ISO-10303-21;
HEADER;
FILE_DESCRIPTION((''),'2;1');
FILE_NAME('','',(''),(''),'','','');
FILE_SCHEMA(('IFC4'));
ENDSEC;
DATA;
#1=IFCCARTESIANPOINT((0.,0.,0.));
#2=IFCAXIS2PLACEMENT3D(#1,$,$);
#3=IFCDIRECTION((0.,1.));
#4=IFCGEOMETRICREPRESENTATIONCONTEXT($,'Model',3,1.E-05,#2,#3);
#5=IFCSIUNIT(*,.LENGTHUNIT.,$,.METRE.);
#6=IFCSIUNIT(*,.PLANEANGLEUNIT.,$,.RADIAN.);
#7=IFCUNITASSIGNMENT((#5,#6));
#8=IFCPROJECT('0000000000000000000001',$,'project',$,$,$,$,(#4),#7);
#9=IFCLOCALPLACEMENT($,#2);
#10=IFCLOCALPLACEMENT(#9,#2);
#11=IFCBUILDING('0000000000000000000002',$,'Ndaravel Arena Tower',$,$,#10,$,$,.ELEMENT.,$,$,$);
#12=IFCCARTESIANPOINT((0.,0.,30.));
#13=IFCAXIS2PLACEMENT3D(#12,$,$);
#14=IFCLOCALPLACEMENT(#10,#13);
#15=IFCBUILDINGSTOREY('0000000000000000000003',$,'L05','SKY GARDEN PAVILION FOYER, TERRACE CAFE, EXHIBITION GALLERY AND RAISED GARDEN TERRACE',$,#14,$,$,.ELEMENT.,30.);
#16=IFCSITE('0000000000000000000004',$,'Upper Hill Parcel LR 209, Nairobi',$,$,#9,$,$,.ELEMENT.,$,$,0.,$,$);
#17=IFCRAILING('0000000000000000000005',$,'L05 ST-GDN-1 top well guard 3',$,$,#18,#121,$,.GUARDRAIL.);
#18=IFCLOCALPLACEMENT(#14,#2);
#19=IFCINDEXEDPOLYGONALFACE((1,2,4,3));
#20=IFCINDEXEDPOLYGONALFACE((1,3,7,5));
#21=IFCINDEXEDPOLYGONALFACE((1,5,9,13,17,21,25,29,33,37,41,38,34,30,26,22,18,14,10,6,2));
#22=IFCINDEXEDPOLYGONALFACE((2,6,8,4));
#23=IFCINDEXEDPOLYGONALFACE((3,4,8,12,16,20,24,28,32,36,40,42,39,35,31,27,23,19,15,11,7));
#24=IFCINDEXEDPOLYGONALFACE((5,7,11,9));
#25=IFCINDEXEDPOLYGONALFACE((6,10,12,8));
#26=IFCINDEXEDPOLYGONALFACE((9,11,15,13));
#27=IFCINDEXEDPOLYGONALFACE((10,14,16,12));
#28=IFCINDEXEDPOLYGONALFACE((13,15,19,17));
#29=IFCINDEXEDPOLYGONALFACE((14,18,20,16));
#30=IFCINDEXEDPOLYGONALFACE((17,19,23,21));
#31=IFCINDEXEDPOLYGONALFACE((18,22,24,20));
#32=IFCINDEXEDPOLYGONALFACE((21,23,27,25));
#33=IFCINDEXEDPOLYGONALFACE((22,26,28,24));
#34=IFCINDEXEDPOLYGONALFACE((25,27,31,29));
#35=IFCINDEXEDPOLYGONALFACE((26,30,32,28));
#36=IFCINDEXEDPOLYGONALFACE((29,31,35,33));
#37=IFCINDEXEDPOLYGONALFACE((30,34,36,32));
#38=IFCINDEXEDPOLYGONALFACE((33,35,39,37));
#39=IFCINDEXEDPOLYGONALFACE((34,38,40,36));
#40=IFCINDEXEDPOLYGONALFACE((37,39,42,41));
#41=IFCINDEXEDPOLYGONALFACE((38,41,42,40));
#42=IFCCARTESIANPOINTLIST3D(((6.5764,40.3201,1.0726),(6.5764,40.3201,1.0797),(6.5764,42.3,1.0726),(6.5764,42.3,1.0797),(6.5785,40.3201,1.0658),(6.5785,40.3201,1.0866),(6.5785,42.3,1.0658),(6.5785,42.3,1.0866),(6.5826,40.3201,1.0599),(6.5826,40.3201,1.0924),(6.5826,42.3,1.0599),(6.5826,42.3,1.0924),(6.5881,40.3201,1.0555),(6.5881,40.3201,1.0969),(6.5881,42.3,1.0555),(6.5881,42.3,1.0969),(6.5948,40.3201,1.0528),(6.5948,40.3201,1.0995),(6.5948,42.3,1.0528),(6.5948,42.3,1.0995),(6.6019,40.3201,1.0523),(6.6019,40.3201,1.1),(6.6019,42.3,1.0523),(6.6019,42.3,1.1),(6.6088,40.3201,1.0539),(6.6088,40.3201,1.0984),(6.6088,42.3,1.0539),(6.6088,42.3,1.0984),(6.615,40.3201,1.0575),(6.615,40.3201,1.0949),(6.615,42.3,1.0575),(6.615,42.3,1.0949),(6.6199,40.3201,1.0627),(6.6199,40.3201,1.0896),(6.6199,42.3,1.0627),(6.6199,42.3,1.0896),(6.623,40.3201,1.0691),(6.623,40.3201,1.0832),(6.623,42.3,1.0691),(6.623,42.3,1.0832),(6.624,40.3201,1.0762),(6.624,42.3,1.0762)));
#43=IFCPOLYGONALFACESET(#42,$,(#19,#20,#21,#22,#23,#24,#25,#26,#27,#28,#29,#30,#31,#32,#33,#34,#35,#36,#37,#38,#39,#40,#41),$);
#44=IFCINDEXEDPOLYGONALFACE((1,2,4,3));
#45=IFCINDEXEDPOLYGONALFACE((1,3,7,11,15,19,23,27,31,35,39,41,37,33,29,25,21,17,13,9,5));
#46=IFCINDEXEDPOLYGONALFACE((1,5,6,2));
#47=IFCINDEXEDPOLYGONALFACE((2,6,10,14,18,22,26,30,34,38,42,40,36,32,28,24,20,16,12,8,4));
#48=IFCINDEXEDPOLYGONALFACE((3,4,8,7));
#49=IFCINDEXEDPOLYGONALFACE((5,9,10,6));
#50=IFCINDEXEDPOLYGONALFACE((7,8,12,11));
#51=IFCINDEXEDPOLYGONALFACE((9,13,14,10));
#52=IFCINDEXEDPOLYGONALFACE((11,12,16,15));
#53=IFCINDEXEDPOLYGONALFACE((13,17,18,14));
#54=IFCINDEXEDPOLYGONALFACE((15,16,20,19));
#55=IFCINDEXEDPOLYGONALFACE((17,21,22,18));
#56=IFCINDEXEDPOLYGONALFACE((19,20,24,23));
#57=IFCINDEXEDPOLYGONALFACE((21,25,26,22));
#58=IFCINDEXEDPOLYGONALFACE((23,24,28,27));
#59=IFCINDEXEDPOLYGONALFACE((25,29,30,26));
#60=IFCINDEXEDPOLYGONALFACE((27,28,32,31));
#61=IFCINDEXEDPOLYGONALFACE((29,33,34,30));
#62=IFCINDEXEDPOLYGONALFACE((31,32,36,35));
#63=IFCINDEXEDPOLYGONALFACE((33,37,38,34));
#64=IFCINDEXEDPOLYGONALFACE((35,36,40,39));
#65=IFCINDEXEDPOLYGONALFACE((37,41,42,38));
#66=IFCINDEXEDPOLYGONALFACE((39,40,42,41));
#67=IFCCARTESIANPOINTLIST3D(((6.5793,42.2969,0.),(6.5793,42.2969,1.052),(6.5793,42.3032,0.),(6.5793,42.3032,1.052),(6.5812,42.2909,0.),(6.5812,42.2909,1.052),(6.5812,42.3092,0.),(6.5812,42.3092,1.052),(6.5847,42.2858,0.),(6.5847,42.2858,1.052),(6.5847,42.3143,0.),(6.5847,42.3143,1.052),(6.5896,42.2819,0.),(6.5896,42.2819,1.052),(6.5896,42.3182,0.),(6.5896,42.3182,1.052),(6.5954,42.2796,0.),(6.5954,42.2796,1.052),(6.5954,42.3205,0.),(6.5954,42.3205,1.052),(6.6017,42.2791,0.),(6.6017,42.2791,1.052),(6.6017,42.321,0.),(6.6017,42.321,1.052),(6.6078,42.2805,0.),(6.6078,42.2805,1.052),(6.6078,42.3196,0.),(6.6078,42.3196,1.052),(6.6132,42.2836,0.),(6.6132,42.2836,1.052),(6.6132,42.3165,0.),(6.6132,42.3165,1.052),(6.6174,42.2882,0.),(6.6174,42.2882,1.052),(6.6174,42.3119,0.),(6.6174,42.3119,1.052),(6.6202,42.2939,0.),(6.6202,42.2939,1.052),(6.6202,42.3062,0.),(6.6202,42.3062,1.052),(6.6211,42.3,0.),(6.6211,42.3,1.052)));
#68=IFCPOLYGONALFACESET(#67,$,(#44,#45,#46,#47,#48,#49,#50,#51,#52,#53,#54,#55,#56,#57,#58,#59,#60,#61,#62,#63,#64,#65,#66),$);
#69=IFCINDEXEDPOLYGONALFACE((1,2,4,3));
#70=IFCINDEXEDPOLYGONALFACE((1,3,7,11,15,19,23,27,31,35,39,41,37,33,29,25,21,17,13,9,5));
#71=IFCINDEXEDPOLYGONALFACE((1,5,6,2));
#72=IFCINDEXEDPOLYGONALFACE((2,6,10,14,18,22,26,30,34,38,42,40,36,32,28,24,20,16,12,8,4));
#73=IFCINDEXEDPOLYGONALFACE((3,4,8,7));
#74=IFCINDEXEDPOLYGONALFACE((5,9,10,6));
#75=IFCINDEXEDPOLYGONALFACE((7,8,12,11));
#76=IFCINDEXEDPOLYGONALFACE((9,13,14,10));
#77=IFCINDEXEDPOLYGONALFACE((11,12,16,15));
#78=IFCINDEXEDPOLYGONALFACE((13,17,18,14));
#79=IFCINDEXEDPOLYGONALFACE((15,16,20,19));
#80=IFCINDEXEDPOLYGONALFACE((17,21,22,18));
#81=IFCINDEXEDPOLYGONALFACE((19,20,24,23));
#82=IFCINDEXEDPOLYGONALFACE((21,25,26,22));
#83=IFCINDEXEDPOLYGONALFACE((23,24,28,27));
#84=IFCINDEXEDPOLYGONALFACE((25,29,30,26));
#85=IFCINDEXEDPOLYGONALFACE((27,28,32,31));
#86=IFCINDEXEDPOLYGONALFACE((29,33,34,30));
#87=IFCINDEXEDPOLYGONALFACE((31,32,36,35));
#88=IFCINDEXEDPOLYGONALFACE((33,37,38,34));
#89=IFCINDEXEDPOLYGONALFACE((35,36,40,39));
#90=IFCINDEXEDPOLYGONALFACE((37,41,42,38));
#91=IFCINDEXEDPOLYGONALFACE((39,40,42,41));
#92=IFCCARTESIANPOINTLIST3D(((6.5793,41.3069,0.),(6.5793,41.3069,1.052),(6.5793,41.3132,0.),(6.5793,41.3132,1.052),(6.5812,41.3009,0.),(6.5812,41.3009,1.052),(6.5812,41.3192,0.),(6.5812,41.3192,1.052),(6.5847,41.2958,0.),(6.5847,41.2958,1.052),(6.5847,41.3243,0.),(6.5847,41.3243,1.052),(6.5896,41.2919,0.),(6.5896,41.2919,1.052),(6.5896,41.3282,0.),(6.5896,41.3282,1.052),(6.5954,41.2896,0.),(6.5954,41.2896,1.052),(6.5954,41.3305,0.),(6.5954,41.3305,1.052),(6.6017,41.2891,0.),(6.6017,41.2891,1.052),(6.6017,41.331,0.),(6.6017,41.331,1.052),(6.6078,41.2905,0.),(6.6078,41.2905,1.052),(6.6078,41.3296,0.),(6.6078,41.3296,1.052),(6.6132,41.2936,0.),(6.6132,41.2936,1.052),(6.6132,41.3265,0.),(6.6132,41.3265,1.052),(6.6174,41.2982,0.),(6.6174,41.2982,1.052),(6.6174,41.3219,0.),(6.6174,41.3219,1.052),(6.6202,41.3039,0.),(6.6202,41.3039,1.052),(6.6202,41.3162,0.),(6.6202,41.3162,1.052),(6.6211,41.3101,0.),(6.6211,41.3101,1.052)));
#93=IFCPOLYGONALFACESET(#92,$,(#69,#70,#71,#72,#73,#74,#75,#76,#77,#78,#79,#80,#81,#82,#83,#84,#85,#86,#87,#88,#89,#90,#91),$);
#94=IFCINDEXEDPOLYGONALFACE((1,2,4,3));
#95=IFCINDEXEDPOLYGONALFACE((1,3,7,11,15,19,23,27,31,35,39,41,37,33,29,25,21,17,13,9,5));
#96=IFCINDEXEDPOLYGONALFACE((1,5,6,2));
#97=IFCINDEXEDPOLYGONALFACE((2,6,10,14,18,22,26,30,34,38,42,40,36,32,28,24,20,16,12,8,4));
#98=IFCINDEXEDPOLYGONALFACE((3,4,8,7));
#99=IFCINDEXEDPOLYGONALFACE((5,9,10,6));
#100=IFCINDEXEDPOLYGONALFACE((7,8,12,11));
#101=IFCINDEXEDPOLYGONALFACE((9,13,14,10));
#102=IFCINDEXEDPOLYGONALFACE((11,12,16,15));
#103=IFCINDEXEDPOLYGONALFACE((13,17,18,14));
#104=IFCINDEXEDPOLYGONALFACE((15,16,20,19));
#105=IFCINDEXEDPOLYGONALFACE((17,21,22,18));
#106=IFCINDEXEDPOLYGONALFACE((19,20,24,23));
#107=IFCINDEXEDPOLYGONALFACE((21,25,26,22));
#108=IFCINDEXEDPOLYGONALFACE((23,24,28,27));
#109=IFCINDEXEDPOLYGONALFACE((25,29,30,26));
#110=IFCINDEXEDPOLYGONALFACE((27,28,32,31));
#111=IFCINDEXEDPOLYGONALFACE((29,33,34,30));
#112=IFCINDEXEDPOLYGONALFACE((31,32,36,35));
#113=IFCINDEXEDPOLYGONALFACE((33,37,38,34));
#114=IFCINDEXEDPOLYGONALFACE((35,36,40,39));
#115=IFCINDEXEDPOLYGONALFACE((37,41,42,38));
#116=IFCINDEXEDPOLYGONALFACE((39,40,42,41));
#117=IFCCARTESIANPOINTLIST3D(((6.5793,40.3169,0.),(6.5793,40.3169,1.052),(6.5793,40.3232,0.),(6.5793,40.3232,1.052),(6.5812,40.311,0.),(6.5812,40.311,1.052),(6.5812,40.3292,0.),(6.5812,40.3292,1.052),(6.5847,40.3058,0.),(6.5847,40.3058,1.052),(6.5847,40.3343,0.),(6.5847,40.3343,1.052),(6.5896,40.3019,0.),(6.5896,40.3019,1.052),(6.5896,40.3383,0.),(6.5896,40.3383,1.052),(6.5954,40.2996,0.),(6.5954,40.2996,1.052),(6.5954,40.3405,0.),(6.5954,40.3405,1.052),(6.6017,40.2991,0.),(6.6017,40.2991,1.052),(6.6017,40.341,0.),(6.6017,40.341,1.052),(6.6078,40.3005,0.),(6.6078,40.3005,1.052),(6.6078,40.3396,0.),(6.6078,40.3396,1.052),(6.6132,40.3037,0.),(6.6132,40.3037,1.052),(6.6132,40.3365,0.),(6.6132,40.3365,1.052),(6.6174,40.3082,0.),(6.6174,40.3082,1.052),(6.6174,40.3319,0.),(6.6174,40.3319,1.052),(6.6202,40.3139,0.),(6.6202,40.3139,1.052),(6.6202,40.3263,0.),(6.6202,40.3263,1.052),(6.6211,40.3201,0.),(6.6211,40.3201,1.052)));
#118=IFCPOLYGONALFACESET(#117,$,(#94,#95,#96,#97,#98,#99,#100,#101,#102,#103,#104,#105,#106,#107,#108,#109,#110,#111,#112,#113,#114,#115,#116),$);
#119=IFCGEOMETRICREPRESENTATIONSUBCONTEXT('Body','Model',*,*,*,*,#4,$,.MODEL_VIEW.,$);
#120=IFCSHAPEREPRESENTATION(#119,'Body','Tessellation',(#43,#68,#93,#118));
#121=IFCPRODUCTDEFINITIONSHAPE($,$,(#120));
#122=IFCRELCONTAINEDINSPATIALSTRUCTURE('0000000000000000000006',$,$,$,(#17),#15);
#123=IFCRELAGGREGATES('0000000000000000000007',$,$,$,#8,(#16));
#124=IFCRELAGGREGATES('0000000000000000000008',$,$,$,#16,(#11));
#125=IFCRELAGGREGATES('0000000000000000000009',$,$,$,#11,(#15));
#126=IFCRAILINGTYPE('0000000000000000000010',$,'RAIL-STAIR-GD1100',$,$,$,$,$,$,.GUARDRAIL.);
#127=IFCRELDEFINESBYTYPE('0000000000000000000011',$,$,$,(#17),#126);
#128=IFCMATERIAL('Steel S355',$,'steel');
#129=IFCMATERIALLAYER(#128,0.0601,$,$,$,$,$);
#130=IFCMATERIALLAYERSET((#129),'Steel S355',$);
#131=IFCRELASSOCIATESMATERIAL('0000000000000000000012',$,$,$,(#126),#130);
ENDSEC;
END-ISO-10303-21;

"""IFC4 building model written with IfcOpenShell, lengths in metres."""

from ifc_helpers import new_model, si_unit, direction, frame, origin, origin_2d, place, context, subcontext, project, spatial, circle, extrude, material, layer, layer_set, type_object, element, save


model = new_model("IFC4")

# Units and contexts
model_context = context("Model", 3, precision=1e-05, world=origin(), true_north=direction((0.0, 1.0)))
body_context = subcontext(model_context, "Body", "Model", "MODEL_VIEW")
ifc_project = project(units=[si_unit("LENGTHUNIT", "METRE"), si_unit("PLANEANGLEUNIT", "RADIAN")], contexts=[model_context])

# Site, building, storey
site_placement = place(None, origin())
site = spatial("IfcSite", under=ifc_project, at=site_placement, Name="Upper Hill Parcel LR 209, Nairobi", CompositionType="ELEMENT", RefElevation=0.0)
building_placement = place(site_placement, origin())
building = spatial("IfcBuilding", under=site, at=building_placement, Name="Ndaravel Arena Tower", CompositionType="ELEMENT")
storey_placement = place(building_placement, frame((0.0, 0.0, 30.0)))
storey = spatial("IfcBuildingStorey", under=building, at=storey_placement, Name="L05", Description="SKY GARDEN PAVILION FOYER, TERRACE CAFE, EXHIBITION GALLERY AND RAISED GARDEN TERRACE", CompositionType="ELEMENT", Elevation=30.0)

# Railing
ifc_material_1 = material(Name="Steel S355", Category="steel")
ifc_layer_1 = layer(ifc_material_1, 0.0601)
ifc_layer_set_1 = layer_set([ifc_layer_1], Name="Steel S355")
railing_type_1 = type_object("IfcRailingType", Name="RAIL-STAIR-GD1100", PredefinedType="GUARDRAIL", material=ifc_layer_set_1)
for number, where, name in (
    (1, (6.6001, 42.3, 0.0), "L05 ST-GDN-1 top well guard 3"),
):
    element("IfcRailing", number, at=place(storey_placement, frame(where)), inside=storey, type_object=railing_type_1, Name=name, PredefinedType="GUARDRAIL", context=body_context, shape_type="SweptSolid", body=[
        extrude(circle(Radius=0.0239, at=origin_2d()), frame((0.0, 0.0, 1.0762), z_axis=(0.0, -1.0, 0.0), x_axis=(1.0, 0.0, 0.0)), (0.0, 0.0, 1.0), 1.98),
        extrude(circle(Radius=0.021, at=origin_2d()), origin(), (0.0, 0.0, 1.0), 1.052),
        extrude(circle(Radius=0.021, at=origin_2d()), frame((0.0, -0.99, 0.0)), (0.0, 0.0, 1.0), 1.052),
        extrude(circle(Radius=0.021, at=origin_2d()), frame((0.0, -1.98, 0.0)), (0.0, 0.0, 1.0), 1.052),
    ])

save(model, "model.ifc")
